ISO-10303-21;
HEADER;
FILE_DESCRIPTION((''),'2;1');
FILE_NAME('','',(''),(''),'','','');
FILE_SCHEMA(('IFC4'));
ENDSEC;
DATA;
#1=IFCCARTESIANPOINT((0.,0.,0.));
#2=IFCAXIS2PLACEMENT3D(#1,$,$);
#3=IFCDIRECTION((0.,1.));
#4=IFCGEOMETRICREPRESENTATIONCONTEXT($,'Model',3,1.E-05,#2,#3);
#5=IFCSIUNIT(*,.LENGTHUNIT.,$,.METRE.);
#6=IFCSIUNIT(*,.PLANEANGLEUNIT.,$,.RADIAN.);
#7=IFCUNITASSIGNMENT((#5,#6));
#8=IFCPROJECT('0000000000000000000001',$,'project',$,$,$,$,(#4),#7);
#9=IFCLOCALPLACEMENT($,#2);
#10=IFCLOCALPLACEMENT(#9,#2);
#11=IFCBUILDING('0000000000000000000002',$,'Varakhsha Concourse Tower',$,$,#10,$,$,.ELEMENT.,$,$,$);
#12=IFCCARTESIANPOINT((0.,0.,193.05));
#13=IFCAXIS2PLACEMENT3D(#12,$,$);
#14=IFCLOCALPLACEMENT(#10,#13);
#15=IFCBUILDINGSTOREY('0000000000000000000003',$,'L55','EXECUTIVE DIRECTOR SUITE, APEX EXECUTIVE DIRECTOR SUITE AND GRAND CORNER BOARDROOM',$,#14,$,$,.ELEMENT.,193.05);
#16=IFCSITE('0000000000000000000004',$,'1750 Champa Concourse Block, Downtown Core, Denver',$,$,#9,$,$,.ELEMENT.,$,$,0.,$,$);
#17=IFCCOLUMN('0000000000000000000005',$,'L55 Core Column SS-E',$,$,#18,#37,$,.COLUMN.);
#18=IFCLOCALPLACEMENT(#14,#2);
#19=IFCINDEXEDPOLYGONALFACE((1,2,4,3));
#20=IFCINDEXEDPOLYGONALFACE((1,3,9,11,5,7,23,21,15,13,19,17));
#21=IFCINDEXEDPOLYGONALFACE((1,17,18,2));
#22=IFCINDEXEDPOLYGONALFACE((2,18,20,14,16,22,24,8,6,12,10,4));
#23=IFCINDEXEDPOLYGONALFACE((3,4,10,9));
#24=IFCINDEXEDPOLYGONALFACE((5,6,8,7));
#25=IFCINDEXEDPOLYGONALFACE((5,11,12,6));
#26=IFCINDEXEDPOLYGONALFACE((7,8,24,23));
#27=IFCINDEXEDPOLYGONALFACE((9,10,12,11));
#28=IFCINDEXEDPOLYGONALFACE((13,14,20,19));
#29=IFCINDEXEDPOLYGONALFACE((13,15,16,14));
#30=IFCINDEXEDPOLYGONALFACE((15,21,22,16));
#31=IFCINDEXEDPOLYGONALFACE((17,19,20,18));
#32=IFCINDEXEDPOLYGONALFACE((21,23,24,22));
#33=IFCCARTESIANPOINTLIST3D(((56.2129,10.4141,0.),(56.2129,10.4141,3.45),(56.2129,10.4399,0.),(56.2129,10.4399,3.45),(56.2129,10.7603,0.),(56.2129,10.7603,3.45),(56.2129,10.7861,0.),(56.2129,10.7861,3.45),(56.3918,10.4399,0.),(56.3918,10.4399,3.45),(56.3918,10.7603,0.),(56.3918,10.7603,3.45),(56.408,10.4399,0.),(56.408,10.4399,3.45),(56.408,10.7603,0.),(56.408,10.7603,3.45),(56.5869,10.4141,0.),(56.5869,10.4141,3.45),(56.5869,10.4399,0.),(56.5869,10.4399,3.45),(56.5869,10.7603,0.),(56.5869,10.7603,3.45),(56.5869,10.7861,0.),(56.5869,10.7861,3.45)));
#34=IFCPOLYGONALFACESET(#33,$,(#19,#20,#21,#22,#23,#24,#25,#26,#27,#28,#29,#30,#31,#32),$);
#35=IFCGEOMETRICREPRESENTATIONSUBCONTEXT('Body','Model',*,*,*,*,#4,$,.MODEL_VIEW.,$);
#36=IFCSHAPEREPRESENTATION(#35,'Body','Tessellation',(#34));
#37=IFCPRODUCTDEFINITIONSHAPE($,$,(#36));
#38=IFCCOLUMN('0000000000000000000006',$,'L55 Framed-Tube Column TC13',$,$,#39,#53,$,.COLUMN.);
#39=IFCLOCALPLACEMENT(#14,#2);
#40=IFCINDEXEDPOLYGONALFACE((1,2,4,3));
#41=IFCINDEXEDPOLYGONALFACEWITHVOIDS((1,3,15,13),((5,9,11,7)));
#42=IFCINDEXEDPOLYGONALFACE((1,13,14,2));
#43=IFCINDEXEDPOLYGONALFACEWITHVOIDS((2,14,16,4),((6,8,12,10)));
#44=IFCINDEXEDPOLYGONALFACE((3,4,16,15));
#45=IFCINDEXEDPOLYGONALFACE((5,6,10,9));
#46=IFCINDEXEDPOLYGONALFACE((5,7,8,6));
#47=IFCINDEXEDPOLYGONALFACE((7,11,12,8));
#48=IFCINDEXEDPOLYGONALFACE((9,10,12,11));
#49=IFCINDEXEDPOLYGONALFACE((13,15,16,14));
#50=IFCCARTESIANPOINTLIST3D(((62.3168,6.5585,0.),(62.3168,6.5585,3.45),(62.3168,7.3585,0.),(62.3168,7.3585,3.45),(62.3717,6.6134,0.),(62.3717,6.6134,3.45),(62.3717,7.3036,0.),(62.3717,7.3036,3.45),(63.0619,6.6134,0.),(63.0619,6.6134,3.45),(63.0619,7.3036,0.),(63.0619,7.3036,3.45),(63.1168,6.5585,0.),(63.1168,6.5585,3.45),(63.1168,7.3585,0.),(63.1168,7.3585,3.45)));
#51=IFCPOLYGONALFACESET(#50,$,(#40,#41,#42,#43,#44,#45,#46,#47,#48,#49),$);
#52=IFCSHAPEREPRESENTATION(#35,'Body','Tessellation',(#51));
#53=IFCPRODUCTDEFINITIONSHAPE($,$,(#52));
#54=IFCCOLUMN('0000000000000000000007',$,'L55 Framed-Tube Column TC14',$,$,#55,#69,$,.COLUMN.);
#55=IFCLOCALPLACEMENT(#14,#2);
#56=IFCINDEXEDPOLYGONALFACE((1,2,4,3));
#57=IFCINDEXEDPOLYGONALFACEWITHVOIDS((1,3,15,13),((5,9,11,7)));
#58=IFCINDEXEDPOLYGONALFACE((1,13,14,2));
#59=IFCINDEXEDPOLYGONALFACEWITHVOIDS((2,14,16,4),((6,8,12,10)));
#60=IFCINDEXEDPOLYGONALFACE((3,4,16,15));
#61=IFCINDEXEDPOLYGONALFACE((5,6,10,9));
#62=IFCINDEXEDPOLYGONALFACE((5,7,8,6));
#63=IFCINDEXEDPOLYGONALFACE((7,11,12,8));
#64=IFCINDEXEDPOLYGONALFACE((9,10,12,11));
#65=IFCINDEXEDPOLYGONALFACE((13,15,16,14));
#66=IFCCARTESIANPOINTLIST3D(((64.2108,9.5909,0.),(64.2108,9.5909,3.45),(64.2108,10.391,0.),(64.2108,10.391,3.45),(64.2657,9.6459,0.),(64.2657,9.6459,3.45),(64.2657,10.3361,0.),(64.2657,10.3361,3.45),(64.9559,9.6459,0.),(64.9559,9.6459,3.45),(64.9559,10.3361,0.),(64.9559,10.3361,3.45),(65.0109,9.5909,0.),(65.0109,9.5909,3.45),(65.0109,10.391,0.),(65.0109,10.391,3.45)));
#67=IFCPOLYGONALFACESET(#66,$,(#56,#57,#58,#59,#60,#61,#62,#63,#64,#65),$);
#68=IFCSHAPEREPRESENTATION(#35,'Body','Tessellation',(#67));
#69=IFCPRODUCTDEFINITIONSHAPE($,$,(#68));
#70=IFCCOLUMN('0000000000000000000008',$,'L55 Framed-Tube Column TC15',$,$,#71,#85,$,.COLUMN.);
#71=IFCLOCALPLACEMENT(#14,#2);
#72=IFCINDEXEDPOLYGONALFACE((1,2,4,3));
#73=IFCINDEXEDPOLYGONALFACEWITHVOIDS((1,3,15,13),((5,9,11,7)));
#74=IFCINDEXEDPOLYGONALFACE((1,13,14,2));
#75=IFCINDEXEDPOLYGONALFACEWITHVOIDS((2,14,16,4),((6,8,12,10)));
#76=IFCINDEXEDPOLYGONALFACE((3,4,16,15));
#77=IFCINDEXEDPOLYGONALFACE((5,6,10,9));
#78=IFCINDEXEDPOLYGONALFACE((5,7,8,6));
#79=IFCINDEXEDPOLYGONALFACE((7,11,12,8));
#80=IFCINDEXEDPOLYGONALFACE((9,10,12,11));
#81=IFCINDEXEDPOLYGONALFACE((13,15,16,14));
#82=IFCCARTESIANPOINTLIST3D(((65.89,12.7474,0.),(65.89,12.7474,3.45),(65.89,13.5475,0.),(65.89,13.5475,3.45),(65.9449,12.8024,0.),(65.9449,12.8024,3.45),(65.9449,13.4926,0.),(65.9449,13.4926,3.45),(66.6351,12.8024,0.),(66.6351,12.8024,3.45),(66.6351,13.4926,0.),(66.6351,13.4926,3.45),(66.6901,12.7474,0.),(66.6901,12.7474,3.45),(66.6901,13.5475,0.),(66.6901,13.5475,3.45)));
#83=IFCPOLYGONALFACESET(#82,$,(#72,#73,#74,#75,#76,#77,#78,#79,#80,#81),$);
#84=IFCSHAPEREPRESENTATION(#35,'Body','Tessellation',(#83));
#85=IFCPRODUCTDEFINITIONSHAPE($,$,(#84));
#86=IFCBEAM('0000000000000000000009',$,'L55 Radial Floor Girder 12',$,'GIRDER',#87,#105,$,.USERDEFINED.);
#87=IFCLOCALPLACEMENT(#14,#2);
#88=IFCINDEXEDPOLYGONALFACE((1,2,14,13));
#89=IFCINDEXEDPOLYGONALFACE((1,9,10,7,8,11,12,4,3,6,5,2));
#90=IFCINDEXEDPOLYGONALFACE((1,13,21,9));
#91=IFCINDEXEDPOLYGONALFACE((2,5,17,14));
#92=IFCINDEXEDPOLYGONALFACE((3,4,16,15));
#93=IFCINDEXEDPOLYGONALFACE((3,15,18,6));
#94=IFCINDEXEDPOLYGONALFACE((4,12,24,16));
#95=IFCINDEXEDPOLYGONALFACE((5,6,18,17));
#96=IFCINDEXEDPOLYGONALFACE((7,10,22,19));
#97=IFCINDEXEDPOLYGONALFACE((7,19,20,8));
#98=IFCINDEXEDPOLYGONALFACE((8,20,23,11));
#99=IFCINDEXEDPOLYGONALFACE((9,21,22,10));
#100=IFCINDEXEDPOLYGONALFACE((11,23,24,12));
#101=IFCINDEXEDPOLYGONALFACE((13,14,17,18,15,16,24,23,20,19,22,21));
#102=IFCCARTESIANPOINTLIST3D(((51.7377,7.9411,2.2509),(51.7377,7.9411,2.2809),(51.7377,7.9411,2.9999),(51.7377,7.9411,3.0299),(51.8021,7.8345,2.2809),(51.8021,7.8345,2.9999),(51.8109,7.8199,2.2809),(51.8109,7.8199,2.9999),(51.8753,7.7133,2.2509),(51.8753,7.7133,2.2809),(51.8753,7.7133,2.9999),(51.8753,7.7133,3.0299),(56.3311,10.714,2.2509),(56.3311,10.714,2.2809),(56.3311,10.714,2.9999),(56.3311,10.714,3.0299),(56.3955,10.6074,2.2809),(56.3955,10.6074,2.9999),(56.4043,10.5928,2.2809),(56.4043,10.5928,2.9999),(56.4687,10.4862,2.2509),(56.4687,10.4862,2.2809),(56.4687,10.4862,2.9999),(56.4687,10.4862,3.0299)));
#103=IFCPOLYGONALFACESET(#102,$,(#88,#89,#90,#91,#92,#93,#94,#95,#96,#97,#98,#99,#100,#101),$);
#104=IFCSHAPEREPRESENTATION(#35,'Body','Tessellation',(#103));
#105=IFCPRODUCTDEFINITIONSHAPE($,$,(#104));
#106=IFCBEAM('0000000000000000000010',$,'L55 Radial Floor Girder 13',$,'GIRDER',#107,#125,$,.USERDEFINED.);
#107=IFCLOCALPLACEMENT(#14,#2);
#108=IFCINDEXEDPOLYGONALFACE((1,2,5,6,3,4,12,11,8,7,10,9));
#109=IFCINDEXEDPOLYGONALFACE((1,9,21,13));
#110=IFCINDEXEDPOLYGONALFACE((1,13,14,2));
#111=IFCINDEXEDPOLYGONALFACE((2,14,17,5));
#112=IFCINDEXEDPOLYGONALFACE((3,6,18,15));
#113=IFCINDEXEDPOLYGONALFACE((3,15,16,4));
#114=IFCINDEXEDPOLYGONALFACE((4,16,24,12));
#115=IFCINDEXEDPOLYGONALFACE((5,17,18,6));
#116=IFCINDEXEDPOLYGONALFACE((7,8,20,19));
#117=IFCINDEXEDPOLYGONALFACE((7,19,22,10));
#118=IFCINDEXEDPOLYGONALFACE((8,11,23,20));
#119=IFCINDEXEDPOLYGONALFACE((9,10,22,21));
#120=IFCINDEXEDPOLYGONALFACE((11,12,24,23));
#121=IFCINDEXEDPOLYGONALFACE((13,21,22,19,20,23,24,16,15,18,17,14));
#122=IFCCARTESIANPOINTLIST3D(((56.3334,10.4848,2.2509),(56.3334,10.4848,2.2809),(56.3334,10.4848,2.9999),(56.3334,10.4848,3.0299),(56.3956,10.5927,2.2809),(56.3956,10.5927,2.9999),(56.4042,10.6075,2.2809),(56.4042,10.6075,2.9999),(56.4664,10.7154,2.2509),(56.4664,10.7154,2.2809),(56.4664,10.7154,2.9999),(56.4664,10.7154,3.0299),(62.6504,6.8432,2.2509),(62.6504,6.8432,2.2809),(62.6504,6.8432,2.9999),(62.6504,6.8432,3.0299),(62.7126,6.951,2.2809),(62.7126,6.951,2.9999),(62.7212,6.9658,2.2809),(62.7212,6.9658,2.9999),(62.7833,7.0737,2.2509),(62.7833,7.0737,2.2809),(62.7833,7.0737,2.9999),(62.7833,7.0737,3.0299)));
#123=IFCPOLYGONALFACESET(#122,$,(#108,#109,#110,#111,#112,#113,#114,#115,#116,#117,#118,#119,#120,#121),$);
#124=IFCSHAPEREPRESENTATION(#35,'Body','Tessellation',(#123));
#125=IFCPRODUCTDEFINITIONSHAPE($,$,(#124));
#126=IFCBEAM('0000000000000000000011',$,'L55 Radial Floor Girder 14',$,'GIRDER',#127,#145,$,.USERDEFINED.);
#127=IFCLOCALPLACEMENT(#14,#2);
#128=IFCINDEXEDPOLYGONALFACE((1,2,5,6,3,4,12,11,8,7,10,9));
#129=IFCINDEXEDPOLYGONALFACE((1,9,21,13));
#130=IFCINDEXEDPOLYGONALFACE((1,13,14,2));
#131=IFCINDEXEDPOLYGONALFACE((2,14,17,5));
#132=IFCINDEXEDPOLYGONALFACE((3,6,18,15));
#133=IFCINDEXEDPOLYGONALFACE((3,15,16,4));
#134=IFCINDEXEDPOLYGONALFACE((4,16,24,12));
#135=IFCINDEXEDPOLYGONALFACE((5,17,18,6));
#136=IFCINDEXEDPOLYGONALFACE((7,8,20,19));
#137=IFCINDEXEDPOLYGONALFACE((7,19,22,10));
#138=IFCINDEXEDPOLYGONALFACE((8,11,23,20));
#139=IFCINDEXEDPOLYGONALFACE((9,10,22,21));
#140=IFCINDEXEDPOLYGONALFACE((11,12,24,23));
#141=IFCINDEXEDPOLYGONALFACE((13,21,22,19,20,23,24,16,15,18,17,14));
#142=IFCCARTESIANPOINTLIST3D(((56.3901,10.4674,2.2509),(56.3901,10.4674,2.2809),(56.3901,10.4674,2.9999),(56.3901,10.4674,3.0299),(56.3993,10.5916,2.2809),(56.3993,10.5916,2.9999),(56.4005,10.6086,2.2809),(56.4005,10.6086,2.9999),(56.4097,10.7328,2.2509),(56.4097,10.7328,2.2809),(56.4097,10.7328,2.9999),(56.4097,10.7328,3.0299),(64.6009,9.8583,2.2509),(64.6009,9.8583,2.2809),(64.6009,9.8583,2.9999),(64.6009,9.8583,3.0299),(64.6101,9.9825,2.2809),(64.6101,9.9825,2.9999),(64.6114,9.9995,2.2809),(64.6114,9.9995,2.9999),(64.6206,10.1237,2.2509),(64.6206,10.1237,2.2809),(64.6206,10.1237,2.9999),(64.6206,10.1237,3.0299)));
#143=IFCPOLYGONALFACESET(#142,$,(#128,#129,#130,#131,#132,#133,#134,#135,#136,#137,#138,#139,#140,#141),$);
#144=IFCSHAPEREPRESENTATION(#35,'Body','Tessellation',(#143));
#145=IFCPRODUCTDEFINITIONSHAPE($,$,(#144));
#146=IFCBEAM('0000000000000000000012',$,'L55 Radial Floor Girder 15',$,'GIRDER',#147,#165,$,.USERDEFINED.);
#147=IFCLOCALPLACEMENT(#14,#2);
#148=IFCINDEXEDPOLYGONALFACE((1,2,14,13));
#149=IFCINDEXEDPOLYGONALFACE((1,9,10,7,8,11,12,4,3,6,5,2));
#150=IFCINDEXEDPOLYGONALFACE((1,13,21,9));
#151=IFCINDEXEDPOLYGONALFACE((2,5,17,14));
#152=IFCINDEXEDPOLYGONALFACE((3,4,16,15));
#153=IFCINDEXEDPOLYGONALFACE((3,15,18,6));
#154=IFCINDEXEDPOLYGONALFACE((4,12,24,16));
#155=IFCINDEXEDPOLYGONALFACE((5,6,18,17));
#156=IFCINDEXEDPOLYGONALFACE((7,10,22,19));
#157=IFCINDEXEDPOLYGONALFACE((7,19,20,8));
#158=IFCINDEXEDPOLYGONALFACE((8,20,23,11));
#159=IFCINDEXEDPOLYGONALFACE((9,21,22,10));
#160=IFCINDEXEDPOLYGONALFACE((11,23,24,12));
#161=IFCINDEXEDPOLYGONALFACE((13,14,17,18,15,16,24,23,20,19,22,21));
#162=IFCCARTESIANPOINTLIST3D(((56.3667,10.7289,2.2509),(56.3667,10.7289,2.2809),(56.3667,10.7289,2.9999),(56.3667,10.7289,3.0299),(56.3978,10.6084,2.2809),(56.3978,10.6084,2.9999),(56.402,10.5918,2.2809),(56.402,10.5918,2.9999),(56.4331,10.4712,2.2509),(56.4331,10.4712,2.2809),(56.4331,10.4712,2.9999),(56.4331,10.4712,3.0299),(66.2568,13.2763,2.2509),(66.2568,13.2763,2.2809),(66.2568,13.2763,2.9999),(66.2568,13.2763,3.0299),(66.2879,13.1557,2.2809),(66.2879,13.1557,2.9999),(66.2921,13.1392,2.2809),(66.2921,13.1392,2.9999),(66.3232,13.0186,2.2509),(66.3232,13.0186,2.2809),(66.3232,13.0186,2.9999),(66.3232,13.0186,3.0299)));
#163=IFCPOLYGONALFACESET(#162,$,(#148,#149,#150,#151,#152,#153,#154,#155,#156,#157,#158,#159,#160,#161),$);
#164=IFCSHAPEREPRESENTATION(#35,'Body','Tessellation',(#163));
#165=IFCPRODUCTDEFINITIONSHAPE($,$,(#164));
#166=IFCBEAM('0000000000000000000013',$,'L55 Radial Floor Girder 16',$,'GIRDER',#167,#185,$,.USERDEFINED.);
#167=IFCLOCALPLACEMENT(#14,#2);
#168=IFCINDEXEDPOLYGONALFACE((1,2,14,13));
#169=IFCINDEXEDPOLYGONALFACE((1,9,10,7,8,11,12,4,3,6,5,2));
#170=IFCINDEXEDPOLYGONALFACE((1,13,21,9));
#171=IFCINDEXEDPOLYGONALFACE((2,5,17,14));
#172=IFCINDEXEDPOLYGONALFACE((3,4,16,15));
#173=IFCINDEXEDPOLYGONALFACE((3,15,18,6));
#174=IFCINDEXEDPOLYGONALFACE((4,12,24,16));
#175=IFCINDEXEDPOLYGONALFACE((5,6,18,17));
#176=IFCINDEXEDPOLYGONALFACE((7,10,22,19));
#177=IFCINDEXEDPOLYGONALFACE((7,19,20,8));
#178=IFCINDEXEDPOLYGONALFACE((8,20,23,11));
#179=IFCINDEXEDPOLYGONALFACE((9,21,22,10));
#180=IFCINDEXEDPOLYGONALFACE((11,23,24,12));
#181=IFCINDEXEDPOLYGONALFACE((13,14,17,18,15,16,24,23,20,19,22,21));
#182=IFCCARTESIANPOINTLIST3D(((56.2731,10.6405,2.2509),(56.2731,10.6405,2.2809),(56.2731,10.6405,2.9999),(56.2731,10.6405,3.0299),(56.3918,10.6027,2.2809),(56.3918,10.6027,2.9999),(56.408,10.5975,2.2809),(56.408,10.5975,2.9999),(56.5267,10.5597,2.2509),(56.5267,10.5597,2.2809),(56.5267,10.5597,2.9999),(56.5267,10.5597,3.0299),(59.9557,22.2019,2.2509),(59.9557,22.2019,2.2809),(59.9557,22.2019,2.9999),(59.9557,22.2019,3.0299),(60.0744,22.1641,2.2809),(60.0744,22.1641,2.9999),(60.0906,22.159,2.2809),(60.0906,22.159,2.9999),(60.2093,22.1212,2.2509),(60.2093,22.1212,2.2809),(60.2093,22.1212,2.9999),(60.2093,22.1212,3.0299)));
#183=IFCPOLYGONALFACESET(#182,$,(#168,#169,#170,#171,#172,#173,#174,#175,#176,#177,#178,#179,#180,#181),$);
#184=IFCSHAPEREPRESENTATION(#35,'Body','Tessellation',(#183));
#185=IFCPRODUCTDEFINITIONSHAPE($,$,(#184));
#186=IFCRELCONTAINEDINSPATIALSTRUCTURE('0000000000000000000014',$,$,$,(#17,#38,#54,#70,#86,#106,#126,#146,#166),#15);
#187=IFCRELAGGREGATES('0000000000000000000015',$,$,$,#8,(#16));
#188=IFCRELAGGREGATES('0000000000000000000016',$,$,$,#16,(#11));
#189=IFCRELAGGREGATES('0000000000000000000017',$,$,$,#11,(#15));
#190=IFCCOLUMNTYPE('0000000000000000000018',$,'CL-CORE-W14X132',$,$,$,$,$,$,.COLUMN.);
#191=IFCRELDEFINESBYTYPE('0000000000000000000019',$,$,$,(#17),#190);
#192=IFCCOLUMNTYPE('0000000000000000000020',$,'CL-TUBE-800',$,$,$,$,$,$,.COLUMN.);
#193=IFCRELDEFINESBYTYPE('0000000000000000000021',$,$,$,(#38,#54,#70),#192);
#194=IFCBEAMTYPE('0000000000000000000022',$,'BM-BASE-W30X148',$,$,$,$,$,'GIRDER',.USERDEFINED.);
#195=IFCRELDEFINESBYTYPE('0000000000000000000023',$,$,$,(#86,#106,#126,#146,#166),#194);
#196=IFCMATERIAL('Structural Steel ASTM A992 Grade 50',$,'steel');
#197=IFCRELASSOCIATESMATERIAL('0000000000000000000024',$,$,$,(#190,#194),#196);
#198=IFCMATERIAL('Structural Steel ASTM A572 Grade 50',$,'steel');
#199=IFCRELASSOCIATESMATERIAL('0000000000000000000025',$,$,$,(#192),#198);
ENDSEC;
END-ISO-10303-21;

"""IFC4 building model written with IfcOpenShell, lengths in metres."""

from ifc_helpers import new_model, si_unit, direction, frame, origin, origin_2d, place, context, subcontext, project, spatial, hollow_rectangle, i_section, extrude, material, material_profile, profile_set, type_object, element, save


model = new_model("IFC4")

# Units and contexts
model_context = context("Model", 3, precision=1e-05, world=origin(), true_north=direction((0.0, 1.0)))
body_context = subcontext(model_context, "Body", "Model", "MODEL_VIEW")
ifc_project = project(units=[si_unit("LENGTHUNIT", "METRE"), si_unit("PLANEANGLEUNIT", "RADIAN")], contexts=[model_context])

# Site, building, storey
site_placement = place(None, origin())
site = spatial("IfcSite", under=ifc_project, at=site_placement, Name="1750 Champa Concourse Block, Downtown Core, Denver", CompositionType="ELEMENT", RefElevation=0.0)
building_placement = place(site_placement, origin())
building = spatial("IfcBuilding", under=site, at=building_placement, Name="Varakhsha Concourse Tower", CompositionType="ELEMENT")
storey_placement = place(building_placement, frame((0.0, 0.0, 193.05)))
storey = spatial("IfcBuildingStorey", under=building, at=storey_placement, Name="L55", Description="EXECUTIVE DIRECTOR SUITE, APEX EXECUTIVE DIRECTOR SUITE AND GRAND CORNER BOARDROOM", CompositionType="ELEMENT", Elevation=193.05)

# Columns
ifc_material_1 = material(Name="Structural Steel ASTM A992 Grade 50", Category="steel")
ifc_material_profile_1 = material_profile(ifc_material_1, i_section(OverallWidth=0.374, OverallDepth=0.3721, WebThickness=0.0161, FlangeThickness=0.0259, at=origin_2d()), Name="W14X132")
ifc_profile_set_1 = profile_set([ifc_material_profile_1], Name="Structural Steel ASTM A992 Grade 50")
column_type_1 = type_object("IfcColumnType", Name="CL-CORE-W14X132", PredefinedType="COLUMN", material=ifc_profile_set_1)
column_placement = place(storey_placement, frame((56.3999, 10.6001, 0.0), z_axis=(0.0, 0.0, 1.0), x_axis=(1.0, 0.0, 0.0)))
element("IfcColumn", 1, at=column_placement, inside=storey, type_object=column_type_1, Name="L55 Core Column SS-E", PredefinedType="COLUMN", context=body_context, shape_type="SweptSolid", body=[
    extrude(i_section(OverallWidth=0.374, OverallDepth=0.3721, WebThickness=0.0161, FlangeThickness=0.0259, at=origin_2d()), origin(), (0.0, 0.0, 1.0), 3.45),
])
ifc_material_2 = material(Name="Structural Steel ASTM A572 Grade 50", Category="steel")
ifc_material_profile_2 = material_profile(ifc_material_2, hollow_rectangle(XDim=0.8, YDim=0.8, WallThickness=0.0549, at=origin_2d()), Name="BOX 800x800x55")
ifc_profile_set_2 = profile_set([ifc_material_profile_2], Name="Structural Steel ASTM A572 Grade 50")
column_type_2 = type_object("IfcColumnType", Name="CL-TUBE-800", PredefinedType="COLUMN", material=ifc_profile_set_2)
for number, where, z_axis, x_axis, name in (
    (2, (62.7168, 6.9585, 0.0), (0.0, 0.0, 1.0), (1.0, 0.0, 0.0), "L55 Framed-Tube Column TC13"),
    (3, (64.6108, 9.991, 0.0), (0.0, 0.0, 1.0), (1.0, 0.0, 0.0), "L55 Framed-Tube Column TC14"),
    (4, (66.29, 13.1475, 0.0), (0.0, 0.0, 1.0), (1.0, 0.0, 0.0), "L55 Framed-Tube Column TC15"),
):
    element("IfcColumn", number, at=place(storey_placement, frame(where, z_axis=z_axis, x_axis=x_axis)), inside=storey, type_object=column_type_2, Name=name, PredefinedType="COLUMN", context=body_context, shape_type="SweptSolid", body=[
        extrude(hollow_rectangle(XDim=0.8, YDim=0.8, WallThickness=0.0549, at=origin_2d()), origin(), (0.0, 0.0, 1.0), 3.45),
    ])

# Beams
ifc_material_profile_3 = material_profile(ifc_material_1, i_section(OverallWidth=0.2661, OverallDepth=0.7791, WebThickness=0.0171, FlangeThickness=0.03, at=origin_2d()), Name="W30X148")
ifc_profile_set_3 = profile_set([ifc_material_profile_3], Name="Structural Steel ASTM A992 Grade 50")
beam_type_1 = type_object("IfcBeamType", Name="BM-BASE-W30X148", ElementType="GIRDER", PredefinedType="USERDEFINED", material=ifc_profile_set_3)
beam_1_placement = place(storey_placement, frame((56.3999, 10.6001, 2.6404), z_axis=(-0.856105, -0.516802, 0.0), x_axis=(0.516802, -0.856105, 0.0)))
element("IfcBeam", 5, at=beam_1_placement, inside=storey, type_object=beam_type_1, Name="L55 Radial Floor Girder 12", ObjectType="GIRDER", PredefinedType="USERDEFINED", context=body_context, shape_type="SweptSolid", body=[
    extrude(i_section(OverallWidth=0.2661, OverallDepth=0.7791, WebThickness=0.0171, FlangeThickness=0.03, at=origin_2d()), origin(), (0.0, 0.0, 1.0), 5.3655),
])
beam_2_placement = place(storey_placement, frame((56.3999, 10.6001, 2.6404), z_axis=(0.866349, -0.499438, 0.0), x_axis=(0.499438, 0.866349, 0.0)))
element("IfcBeam", 6, at=beam_2_placement, inside=storey, type_object=beam_type_1, Name="L55 Radial Floor Girder 13", ObjectType="GIRDER", PredefinedType="USERDEFINED", context=body_context, shape_type="SweptSolid", body=[
    extrude(i_section(OverallWidth=0.2661, OverallDepth=0.7791, WebThickness=0.0171, FlangeThickness=0.03, at=origin_2d()), origin(), (0.0, 0.0, 1.0), 7.2915),
])
beam_3_placement = place(storey_placement, frame((56.3999, 10.6001, 2.6404), z_axis=(0.99726, -0.073982, 0.0), x_axis=(0.073982, 0.99726, 0.0)))
element("IfcBeam", 7, at=beam_3_placement, inside=storey, type_object=beam_type_1, Name="L55 Radial Floor Girder 14", ObjectType="GIRDER", PredefinedType="USERDEFINED", context=body_context, shape_type="SweptSolid", body=[
    extrude(i_section(OverallWidth=0.2661, OverallDepth=0.7791, WebThickness=0.0171, FlangeThickness=0.03, at=origin_2d()), origin(), (0.0, 0.0, 1.0), 8.2334),
])
beam_4_placement = place(storey_placement, frame((56.3999, 10.6001, 2.6404), z_axis=(0.968394, 0.249425, 0.0), x_axis=(-0.249425, 0.968394, 0.0)))
element("IfcBeam", 8, at=beam_4_placement, inside=storey, type_object=beam_type_1, Name="L55 Radial Floor Girder 15", ObjectType="GIRDER", PredefinedType="USERDEFINED", context=body_context, shape_type="SweptSolid", body=[
    extrude(i_section(OverallWidth=0.2661, OverallDepth=0.7791, WebThickness=0.0171, FlangeThickness=0.03, at=origin_2d()), origin(), (0.0, 0.0, 1.0), 10.2129),
])
beam_5_placement = place(storey_placement, frame((56.3999, 10.6001, 2.6404), z_axis=(0.303499, 0.952832, 0.0), x_axis=(-0.952832, 0.303499, 0.0)))
element("IfcBeam", 9, at=beam_5_placement, inside=storey, type_object=beam_type_1, Name="L55 Radial Floor Girder 16", ObjectType="GIRDER", PredefinedType="USERDEFINED", context=body_context, shape_type="SweptSolid", body=[
    extrude(i_section(OverallWidth=0.2661, OverallDepth=0.7791, WebThickness=0.0171, FlangeThickness=0.03, at=origin_2d()), origin(), (0.0, 0.0, 1.0), 12.1338),
])

save(model, "model.ifc")
